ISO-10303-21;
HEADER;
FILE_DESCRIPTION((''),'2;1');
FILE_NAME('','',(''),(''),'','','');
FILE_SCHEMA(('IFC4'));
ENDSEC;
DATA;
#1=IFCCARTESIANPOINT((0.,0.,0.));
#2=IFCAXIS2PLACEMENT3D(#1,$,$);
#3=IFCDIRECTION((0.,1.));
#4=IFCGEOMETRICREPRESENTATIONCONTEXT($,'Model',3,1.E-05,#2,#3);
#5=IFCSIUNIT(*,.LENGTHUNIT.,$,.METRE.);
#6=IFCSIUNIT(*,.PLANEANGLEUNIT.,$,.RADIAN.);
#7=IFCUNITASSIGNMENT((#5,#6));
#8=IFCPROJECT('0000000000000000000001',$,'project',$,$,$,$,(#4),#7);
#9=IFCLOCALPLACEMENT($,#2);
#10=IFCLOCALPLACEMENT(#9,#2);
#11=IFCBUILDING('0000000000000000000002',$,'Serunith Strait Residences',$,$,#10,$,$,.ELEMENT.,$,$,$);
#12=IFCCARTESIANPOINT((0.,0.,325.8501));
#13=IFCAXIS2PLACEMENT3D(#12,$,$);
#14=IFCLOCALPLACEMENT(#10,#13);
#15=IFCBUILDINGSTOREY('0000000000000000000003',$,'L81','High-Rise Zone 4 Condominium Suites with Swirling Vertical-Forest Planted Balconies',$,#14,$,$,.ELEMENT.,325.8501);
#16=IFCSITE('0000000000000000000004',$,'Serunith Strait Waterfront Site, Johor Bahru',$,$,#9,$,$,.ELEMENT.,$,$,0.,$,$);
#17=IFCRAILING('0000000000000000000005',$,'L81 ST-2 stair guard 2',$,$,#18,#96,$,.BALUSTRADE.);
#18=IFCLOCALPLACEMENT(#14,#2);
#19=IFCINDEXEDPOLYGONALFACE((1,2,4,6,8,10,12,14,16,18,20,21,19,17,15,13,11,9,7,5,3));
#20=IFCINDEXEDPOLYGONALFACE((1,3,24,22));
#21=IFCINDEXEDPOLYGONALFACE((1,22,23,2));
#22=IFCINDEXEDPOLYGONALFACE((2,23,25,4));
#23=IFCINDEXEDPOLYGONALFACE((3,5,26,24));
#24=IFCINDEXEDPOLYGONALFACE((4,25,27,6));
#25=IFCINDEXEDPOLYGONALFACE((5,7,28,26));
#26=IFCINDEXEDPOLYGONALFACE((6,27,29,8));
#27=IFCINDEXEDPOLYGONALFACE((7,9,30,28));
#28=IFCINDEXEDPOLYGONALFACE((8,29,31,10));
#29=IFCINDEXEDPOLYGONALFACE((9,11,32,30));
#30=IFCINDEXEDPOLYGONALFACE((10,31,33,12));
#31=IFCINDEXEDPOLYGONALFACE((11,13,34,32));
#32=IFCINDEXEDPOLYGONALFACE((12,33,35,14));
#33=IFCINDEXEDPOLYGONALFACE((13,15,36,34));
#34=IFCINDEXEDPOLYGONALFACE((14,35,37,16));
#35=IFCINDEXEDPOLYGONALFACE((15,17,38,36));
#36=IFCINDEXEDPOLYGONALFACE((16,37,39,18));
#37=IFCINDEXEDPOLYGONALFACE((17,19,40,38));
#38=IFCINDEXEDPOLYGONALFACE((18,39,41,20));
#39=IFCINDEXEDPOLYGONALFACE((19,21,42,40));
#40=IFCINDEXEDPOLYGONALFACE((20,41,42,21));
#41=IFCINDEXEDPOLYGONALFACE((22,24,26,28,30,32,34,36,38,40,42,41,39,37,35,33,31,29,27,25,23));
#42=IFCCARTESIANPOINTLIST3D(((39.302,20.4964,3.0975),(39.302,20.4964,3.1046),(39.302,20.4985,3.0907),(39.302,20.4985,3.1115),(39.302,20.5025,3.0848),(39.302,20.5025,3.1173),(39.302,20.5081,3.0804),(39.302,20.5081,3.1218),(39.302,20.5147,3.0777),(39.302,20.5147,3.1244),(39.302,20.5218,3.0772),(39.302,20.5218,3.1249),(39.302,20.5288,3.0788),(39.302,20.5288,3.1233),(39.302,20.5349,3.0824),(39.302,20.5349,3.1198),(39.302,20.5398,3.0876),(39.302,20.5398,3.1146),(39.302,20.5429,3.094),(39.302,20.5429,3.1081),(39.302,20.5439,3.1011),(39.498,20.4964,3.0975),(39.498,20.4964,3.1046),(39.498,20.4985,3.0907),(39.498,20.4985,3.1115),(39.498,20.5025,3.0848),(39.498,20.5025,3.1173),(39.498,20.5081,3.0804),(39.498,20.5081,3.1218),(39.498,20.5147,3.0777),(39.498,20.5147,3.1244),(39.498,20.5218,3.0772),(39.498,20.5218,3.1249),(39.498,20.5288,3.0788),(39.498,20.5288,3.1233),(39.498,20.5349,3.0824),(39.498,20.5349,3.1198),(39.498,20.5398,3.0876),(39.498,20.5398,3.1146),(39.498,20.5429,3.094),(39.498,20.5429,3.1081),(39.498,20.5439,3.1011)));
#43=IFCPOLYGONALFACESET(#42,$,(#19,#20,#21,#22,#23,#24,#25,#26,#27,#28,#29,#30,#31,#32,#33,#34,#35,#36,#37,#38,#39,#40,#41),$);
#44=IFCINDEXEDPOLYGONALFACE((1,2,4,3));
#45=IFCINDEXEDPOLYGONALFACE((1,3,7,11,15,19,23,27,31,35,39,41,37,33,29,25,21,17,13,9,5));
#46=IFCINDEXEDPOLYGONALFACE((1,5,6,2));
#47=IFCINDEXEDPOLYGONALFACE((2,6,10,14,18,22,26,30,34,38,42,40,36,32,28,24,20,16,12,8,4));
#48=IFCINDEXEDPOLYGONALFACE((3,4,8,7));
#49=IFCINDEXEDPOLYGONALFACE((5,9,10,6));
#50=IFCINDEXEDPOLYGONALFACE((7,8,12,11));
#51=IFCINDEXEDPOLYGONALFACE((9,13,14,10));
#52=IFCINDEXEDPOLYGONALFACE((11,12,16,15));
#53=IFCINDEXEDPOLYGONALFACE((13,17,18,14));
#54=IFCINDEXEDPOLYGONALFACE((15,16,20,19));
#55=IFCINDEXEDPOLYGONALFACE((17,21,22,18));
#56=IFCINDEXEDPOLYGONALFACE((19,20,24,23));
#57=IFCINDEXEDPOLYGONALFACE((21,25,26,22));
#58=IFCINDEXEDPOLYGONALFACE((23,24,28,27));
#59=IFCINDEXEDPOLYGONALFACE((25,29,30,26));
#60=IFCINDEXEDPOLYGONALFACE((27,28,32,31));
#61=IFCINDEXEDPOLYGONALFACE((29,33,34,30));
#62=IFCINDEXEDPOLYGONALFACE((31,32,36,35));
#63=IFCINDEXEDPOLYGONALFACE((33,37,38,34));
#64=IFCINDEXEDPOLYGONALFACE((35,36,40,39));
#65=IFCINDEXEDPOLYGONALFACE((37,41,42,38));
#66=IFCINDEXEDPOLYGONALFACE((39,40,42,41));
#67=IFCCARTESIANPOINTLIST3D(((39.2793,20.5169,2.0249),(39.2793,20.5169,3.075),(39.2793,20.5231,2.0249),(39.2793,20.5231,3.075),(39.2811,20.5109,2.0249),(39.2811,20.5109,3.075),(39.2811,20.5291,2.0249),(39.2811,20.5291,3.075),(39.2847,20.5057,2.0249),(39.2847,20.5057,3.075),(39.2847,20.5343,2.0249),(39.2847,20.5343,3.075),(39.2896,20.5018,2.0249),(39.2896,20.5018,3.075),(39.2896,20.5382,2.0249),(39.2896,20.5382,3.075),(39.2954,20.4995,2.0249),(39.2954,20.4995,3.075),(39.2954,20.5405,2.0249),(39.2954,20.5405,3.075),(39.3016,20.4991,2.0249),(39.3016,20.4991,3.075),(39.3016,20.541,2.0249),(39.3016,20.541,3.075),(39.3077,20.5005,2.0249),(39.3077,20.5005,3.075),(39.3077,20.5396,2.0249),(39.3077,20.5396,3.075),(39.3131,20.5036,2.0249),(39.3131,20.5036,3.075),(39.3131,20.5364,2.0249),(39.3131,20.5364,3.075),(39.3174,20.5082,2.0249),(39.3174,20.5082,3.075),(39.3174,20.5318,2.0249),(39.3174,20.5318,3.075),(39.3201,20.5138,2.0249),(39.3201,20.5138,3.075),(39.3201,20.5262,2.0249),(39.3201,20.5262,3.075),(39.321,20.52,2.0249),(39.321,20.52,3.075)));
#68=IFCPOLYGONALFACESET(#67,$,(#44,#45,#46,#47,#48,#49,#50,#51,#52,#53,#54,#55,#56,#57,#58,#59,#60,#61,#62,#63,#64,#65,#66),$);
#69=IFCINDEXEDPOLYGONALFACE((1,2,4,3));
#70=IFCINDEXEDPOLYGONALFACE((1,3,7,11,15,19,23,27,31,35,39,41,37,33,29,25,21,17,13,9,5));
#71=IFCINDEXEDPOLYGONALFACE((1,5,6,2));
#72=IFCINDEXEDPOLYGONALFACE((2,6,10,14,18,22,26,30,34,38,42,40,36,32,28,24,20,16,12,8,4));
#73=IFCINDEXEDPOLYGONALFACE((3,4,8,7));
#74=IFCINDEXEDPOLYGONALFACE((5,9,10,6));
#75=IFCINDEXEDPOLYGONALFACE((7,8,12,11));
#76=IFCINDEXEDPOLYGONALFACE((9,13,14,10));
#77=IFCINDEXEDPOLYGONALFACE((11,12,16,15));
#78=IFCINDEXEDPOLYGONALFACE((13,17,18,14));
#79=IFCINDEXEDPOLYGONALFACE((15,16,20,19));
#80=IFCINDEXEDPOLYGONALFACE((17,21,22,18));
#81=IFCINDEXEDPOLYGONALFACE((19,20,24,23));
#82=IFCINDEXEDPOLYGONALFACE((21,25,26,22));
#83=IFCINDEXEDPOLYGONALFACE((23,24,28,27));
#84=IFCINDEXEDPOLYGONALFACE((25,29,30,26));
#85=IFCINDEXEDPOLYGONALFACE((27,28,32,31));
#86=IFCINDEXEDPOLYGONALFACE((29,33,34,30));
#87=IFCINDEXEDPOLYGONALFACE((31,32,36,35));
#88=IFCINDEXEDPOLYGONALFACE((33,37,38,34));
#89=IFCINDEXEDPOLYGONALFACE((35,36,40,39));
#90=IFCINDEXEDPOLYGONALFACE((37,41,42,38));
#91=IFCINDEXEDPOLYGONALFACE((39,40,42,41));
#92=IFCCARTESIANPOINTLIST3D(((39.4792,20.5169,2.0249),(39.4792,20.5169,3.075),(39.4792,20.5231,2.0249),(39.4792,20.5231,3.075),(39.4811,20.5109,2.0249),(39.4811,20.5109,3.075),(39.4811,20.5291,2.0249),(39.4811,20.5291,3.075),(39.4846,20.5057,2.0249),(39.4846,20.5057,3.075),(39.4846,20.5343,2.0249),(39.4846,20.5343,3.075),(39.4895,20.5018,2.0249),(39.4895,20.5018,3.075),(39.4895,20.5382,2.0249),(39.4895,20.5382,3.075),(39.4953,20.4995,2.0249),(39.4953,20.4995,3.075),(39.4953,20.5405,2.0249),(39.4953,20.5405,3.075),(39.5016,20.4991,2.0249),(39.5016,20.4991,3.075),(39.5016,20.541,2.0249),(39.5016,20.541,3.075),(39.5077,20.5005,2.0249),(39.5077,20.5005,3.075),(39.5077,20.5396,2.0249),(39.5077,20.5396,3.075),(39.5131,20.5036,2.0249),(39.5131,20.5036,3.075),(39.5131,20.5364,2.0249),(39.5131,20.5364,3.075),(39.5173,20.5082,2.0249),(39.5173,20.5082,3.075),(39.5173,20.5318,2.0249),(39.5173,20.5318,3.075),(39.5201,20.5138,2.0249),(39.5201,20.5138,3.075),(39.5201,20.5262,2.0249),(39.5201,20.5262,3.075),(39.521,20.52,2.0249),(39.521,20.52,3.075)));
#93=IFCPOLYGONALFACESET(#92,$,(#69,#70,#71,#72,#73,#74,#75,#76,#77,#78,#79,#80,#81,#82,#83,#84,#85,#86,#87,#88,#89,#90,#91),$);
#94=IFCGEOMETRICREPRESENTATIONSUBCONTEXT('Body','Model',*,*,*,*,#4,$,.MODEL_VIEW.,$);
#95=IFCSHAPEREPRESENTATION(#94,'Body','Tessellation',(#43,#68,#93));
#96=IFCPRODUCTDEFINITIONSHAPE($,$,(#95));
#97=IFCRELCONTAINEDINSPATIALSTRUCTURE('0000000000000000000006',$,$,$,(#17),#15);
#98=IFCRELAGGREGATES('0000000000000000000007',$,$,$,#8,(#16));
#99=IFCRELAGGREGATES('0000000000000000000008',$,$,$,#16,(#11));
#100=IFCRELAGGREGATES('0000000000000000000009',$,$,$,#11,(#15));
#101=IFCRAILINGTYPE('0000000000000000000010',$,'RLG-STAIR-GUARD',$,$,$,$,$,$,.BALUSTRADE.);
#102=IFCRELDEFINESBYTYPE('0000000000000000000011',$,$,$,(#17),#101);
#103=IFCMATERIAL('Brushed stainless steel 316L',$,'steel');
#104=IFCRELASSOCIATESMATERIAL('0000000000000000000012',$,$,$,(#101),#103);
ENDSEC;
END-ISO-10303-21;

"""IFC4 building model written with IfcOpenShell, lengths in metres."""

from ifc_helpers import new_model, si_unit, direction, frame, origin, origin_2d, place, context, subcontext, project, spatial, circle, extrude, material, type_object, element, save


model = new_model("IFC4")

# Units and contexts
model_context = context("Model", 3, precision=1e-05, world=origin(), true_north=direction((0.0, 1.0)))
body_context = subcontext(model_context, "Body", "Model", "MODEL_VIEW")
ifc_project = project(units=[si_unit("LENGTHUNIT", "METRE"), si_unit("PLANEANGLEUNIT", "RADIAN")], contexts=[model_context])

# Site, building, storey
site_placement = place(None, origin())
site = spatial("IfcSite", under=ifc_project, at=site_placement, Name="Serunith Strait Waterfront Site, Johor Bahru", CompositionType="ELEMENT", RefElevation=0.0)
building_placement = place(site_placement, origin())
building = spatial("IfcBuilding", under=site, at=building_placement, Name="Serunith Strait Residences", CompositionType="ELEMENT")
storey_placement = place(building_placement, frame((0.0, 0.0, 325.8501)))
storey = spatial("IfcBuildingStorey", under=building, at=storey_placement, Name="L81", Description="High-Rise Zone 4 Condominium Suites with Swirling Vertical-Forest Planted Balconies", CompositionType="ELEMENT", Elevation=325.8501)

# Railing
ifc_material_1 = material(Name="Brushed stainless steel 316L", Category="steel")
railing_type_1 = type_object("IfcRailingType", Name="RLG-STAIR-GUARD", PredefinedType="BALUSTRADE", material=ifc_material_1)
railing_1_placement = place(storey_placement, frame((39.3, 20.52, 2.0249)))
element("IfcRailing", 1, at=railing_1_placement, inside=storey, type_object=railing_type_1, Name="L81 ST-2 stair guard 2", PredefinedType="BALUSTRADE", context=body_context, shape_type="SweptSolid", body=[
    extrude(circle(Radius=0.0239, at=origin_2d()), frame((0.002, 0.0, 1.0762), z_axis=(1.0, 0.0, 0.0), x_axis=(0.0, 1.0, 0.0)), (0.0, 0.0, 1.0), 0.196),
    extrude(circle(Radius=0.021, at=origin_2d()), origin(), (0.0, 0.0, 1.0), 1.05),
    extrude(circle(Radius=0.021, at=origin_2d()), frame((0.2, 0.0, 0.0)), (0.0, 0.0, 1.0), 1.05),
])

save(model, "model.ifc")
